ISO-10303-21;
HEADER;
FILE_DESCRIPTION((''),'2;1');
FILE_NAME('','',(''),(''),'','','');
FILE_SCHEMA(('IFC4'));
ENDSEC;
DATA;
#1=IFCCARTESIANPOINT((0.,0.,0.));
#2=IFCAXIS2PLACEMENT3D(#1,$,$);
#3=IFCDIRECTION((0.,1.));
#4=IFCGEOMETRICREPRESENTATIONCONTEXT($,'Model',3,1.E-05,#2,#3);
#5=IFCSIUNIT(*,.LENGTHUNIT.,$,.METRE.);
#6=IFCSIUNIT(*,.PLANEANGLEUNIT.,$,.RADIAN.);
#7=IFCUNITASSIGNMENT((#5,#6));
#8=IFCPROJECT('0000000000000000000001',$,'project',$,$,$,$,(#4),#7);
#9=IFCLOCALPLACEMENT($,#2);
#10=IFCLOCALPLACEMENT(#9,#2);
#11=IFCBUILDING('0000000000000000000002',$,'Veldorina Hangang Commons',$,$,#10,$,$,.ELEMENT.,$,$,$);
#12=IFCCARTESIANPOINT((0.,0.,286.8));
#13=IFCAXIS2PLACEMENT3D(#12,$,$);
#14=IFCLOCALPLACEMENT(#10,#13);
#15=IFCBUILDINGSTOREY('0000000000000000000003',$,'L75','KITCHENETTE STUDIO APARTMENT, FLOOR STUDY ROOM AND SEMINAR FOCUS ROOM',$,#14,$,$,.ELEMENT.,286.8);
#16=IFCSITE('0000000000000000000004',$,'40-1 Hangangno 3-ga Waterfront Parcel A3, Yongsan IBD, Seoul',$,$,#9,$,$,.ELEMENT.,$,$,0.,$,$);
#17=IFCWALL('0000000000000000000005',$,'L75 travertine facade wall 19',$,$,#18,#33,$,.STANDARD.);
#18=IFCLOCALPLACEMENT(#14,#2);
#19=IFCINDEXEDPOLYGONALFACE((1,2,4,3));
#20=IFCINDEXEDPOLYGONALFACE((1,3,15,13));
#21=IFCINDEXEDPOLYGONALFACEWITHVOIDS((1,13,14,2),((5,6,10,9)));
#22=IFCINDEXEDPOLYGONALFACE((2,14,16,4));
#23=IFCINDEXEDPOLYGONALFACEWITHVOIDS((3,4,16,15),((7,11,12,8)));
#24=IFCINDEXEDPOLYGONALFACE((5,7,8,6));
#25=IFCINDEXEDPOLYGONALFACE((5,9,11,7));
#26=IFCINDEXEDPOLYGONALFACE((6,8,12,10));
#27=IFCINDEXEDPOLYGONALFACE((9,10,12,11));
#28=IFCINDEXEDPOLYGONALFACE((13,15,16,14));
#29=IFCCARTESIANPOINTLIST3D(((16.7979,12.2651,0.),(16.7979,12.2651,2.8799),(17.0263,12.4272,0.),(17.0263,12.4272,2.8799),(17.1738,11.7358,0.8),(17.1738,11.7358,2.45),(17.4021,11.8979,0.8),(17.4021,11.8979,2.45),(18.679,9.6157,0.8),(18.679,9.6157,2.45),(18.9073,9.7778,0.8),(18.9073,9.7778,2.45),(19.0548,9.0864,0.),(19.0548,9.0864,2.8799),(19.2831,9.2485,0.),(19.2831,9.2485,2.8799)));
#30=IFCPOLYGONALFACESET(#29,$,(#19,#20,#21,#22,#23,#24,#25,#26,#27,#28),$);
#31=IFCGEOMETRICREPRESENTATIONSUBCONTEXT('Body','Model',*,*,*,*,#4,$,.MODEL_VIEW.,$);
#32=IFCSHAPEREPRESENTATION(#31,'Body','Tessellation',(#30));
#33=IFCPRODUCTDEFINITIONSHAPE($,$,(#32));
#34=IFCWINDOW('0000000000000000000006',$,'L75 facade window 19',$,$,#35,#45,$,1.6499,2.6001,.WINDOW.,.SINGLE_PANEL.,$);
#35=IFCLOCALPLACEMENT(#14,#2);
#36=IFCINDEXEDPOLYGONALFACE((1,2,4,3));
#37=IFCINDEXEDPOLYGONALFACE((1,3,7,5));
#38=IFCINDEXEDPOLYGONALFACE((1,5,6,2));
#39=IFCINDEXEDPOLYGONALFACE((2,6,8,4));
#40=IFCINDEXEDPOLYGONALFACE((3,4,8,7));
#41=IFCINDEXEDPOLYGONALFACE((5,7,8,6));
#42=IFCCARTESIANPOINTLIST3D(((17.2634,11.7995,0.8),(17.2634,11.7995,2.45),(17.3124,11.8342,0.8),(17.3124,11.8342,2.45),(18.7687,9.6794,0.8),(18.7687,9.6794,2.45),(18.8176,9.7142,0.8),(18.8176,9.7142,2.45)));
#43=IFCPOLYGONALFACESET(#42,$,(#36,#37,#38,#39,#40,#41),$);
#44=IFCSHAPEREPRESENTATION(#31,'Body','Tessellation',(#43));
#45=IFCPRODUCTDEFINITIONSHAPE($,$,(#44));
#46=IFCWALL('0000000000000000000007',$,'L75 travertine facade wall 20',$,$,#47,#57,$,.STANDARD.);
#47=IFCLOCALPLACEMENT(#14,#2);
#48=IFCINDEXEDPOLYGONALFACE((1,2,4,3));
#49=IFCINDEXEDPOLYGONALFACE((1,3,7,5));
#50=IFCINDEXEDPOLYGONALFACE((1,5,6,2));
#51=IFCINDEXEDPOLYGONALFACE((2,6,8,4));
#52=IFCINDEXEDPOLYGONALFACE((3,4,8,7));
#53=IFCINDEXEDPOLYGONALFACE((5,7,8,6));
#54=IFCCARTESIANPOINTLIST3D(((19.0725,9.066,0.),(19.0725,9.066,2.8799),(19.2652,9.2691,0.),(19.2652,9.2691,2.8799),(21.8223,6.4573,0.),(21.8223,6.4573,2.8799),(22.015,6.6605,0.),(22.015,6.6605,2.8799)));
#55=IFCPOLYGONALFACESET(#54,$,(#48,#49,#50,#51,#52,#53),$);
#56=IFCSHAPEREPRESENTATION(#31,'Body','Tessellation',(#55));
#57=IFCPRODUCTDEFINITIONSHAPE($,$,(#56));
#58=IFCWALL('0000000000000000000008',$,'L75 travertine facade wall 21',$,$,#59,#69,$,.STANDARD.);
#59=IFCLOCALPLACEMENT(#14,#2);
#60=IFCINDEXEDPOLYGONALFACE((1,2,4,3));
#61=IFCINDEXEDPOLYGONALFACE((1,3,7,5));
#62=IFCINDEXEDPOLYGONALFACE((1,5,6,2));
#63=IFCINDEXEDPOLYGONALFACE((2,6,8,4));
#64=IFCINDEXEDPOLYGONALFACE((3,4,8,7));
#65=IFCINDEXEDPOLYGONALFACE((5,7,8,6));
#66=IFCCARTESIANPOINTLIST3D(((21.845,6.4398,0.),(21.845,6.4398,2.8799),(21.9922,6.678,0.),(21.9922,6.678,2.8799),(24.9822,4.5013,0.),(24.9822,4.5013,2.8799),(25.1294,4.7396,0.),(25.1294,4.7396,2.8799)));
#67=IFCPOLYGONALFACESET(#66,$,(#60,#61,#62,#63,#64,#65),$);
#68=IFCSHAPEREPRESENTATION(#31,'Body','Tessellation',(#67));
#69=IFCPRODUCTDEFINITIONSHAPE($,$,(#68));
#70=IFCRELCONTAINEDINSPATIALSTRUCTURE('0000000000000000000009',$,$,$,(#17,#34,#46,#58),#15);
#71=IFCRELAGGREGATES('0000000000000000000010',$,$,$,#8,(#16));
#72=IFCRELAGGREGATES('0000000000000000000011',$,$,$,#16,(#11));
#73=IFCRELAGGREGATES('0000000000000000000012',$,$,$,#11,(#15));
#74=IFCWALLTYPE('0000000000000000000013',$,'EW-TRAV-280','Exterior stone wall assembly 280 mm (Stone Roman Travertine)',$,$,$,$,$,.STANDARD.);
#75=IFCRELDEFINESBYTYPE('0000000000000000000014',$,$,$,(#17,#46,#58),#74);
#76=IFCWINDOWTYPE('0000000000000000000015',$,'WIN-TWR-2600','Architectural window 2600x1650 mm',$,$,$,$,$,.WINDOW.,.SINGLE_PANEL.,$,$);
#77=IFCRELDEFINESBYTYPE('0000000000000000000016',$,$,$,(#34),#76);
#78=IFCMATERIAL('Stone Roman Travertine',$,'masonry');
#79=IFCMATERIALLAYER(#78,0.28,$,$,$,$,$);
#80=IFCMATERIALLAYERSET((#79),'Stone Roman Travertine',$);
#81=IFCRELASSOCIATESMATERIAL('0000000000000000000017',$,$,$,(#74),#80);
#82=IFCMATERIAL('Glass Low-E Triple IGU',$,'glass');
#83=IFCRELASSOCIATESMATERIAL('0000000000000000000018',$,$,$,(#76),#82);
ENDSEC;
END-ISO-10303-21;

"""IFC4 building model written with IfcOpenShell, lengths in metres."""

from ifc_helpers import new_model, si_unit, direction, frame, frame_2d, origin, place, context, subcontext, project, spatial, rectangle, extrude, material, layer, layer_set, type_object, element, fill, save


model = new_model("IFC4")

# Units and contexts
model_context = context("Model", 3, precision=1e-05, world=origin(), true_north=direction((0.0, 1.0)))
body_context = subcontext(model_context, "Body", "Model", "MODEL_VIEW")
ifc_project = project(units=[si_unit("LENGTHUNIT", "METRE"), si_unit("PLANEANGLEUNIT", "RADIAN")], contexts=[model_context])

# Site, building, storey
site_placement = place(None, origin())
site = spatial("IfcSite", under=ifc_project, at=site_placement, Name="40-1 Hangangno 3-ga Waterfront Parcel A3, Yongsan IBD, Seoul", CompositionType="ELEMENT", RefElevation=0.0)
building_placement = place(site_placement, origin())
building = spatial("IfcBuilding", under=site, at=building_placement, Name="Veldorina Hangang Commons", CompositionType="ELEMENT")
storey_placement = place(building_placement, frame((0.0, 0.0, 286.8)))
storey = spatial("IfcBuildingStorey", under=building, at=storey_placement, Name="L75", Description="KITCHENETTE STUDIO APARTMENT, FLOOR STUDY ROOM AND SEMINAR FOCUS ROOM", CompositionType="ELEMENT", Elevation=286.8)

# Wall, opening, window
ifc_material_1 = material(Name="Stone Roman Travertine", Category="masonry")
ifc_layer_1 = layer(ifc_material_1, 0.28)
ifc_layer_set_1 = layer_set([ifc_layer_1], Name="Stone Roman Travertine")
wall_type = type_object("IfcWallType", Name="EW-TRAV-280", Description="Exterior stone wall assembly 280 mm (Stone Roman Travertine)", PredefinedType="STANDARD", material=ifc_layer_set_1)
wall_1_placement = place(storey_placement, frame((16.9121, 12.3462, 0.0), z_axis=(0.0, 0.0, 1.0), x_axis=(0.578914, -0.815389, 0.0)))
wall_1 = element("IfcWall", 1, at=wall_1_placement, inside=storey, type_object=wall_type, Name="L75 travertine facade wall 19", PredefinedType="STANDARD", context=body_context, shape_type="SweptSolid", body=[
    extrude(rectangle(XDim=3.8984, YDim=0.28, at=frame_2d((1.9492, 0.0))), origin(), (0.0, 0.0, 1.0), 2.8799),
])
opening_placement = place(wall_1_placement, frame((0.6492, 0.0, 0.8)))
opening = element("IfcOpeningElement", 2, at=opening_placement, cuts=wall_1, PredefinedType="OPENING", context=body_context, shape_type="SweptSolid", body=[
    extrude(rectangle(XDim=2.6001, YDim=1.6499, at=frame_2d((1.3, 0.825))), frame((0.0, 0.1499, 0.0), z_axis=(0.0, -1.0, 0.0), x_axis=(1.0, 0.0, 0.0)), (0.0, 0.0, 1.0), 0.3),
])
ifc_material_2 = material(Name="Glass Low-E Triple IGU", Category="glass")
window_type = type_object("IfcWindowType", Name="WIN-TWR-2600", Description="Architectural window 2600x1650 mm", PartitioningType="SINGLE_PANEL", PredefinedType="WINDOW", material=ifc_material_2)
window_placement = place(opening_placement, origin())
window = element("IfcWindow", 3, at=window_placement, inside=storey, type_object=window_type, Name="L75 facade window 19", OverallHeight=1.6499, OverallWidth=2.6001, PartitioningType="SINGLE_PANEL", PredefinedType="WINDOW", context=body_context, shape_type="SweptSolid", body=[
    extrude(rectangle(XDim=2.6001, YDim=1.6499, at=frame_2d((1.3, 0.825))), frame((0.0, 0.03, 0.0), z_axis=(0.0, -1.0, 0.0), x_axis=(1.0, 0.0, 0.0)), (0.0, 0.0, 1.0), 0.0601),
])
fill(opening, window)

# Walls
wall_2_placement = place(storey_placement, frame((19.1689, 9.1675, 0.0), z_axis=(0.0, 0.0, 1.0), x_axis=(0.725477, -0.688247, 0.0)))
element("IfcWall", 4, at=wall_2_placement, inside=storey, type_object=wall_type, Name="L75 travertine facade wall 20", PredefinedType="STANDARD", context=body_context, shape_type="SweptSolid", body=[
    extrude(rectangle(XDim=3.7903, YDim=0.28, at=frame_2d((1.895, 0.0))), origin(), (0.0, 0.0, 1.0), 2.8799),
])
wall_3_placement = place(storey_placement, frame((21.9187, 6.5588, 0.0), z_axis=(0.0, 0.0, 1.0), x_axis=(0.850702, -0.525648, 0.0)))
element("IfcWall", 5, at=wall_3_placement, inside=storey, type_object=wall_type, Name="L75 travertine facade wall 21", PredefinedType="STANDARD", context=body_context, shape_type="SweptSolid", body=[
    extrude(rectangle(XDim=3.6877, YDim=0.28, at=frame_2d((1.8438, 0.0))), origin(), (0.0, 0.0, 1.0), 2.8799),
])

save(model, "model.ifc")
